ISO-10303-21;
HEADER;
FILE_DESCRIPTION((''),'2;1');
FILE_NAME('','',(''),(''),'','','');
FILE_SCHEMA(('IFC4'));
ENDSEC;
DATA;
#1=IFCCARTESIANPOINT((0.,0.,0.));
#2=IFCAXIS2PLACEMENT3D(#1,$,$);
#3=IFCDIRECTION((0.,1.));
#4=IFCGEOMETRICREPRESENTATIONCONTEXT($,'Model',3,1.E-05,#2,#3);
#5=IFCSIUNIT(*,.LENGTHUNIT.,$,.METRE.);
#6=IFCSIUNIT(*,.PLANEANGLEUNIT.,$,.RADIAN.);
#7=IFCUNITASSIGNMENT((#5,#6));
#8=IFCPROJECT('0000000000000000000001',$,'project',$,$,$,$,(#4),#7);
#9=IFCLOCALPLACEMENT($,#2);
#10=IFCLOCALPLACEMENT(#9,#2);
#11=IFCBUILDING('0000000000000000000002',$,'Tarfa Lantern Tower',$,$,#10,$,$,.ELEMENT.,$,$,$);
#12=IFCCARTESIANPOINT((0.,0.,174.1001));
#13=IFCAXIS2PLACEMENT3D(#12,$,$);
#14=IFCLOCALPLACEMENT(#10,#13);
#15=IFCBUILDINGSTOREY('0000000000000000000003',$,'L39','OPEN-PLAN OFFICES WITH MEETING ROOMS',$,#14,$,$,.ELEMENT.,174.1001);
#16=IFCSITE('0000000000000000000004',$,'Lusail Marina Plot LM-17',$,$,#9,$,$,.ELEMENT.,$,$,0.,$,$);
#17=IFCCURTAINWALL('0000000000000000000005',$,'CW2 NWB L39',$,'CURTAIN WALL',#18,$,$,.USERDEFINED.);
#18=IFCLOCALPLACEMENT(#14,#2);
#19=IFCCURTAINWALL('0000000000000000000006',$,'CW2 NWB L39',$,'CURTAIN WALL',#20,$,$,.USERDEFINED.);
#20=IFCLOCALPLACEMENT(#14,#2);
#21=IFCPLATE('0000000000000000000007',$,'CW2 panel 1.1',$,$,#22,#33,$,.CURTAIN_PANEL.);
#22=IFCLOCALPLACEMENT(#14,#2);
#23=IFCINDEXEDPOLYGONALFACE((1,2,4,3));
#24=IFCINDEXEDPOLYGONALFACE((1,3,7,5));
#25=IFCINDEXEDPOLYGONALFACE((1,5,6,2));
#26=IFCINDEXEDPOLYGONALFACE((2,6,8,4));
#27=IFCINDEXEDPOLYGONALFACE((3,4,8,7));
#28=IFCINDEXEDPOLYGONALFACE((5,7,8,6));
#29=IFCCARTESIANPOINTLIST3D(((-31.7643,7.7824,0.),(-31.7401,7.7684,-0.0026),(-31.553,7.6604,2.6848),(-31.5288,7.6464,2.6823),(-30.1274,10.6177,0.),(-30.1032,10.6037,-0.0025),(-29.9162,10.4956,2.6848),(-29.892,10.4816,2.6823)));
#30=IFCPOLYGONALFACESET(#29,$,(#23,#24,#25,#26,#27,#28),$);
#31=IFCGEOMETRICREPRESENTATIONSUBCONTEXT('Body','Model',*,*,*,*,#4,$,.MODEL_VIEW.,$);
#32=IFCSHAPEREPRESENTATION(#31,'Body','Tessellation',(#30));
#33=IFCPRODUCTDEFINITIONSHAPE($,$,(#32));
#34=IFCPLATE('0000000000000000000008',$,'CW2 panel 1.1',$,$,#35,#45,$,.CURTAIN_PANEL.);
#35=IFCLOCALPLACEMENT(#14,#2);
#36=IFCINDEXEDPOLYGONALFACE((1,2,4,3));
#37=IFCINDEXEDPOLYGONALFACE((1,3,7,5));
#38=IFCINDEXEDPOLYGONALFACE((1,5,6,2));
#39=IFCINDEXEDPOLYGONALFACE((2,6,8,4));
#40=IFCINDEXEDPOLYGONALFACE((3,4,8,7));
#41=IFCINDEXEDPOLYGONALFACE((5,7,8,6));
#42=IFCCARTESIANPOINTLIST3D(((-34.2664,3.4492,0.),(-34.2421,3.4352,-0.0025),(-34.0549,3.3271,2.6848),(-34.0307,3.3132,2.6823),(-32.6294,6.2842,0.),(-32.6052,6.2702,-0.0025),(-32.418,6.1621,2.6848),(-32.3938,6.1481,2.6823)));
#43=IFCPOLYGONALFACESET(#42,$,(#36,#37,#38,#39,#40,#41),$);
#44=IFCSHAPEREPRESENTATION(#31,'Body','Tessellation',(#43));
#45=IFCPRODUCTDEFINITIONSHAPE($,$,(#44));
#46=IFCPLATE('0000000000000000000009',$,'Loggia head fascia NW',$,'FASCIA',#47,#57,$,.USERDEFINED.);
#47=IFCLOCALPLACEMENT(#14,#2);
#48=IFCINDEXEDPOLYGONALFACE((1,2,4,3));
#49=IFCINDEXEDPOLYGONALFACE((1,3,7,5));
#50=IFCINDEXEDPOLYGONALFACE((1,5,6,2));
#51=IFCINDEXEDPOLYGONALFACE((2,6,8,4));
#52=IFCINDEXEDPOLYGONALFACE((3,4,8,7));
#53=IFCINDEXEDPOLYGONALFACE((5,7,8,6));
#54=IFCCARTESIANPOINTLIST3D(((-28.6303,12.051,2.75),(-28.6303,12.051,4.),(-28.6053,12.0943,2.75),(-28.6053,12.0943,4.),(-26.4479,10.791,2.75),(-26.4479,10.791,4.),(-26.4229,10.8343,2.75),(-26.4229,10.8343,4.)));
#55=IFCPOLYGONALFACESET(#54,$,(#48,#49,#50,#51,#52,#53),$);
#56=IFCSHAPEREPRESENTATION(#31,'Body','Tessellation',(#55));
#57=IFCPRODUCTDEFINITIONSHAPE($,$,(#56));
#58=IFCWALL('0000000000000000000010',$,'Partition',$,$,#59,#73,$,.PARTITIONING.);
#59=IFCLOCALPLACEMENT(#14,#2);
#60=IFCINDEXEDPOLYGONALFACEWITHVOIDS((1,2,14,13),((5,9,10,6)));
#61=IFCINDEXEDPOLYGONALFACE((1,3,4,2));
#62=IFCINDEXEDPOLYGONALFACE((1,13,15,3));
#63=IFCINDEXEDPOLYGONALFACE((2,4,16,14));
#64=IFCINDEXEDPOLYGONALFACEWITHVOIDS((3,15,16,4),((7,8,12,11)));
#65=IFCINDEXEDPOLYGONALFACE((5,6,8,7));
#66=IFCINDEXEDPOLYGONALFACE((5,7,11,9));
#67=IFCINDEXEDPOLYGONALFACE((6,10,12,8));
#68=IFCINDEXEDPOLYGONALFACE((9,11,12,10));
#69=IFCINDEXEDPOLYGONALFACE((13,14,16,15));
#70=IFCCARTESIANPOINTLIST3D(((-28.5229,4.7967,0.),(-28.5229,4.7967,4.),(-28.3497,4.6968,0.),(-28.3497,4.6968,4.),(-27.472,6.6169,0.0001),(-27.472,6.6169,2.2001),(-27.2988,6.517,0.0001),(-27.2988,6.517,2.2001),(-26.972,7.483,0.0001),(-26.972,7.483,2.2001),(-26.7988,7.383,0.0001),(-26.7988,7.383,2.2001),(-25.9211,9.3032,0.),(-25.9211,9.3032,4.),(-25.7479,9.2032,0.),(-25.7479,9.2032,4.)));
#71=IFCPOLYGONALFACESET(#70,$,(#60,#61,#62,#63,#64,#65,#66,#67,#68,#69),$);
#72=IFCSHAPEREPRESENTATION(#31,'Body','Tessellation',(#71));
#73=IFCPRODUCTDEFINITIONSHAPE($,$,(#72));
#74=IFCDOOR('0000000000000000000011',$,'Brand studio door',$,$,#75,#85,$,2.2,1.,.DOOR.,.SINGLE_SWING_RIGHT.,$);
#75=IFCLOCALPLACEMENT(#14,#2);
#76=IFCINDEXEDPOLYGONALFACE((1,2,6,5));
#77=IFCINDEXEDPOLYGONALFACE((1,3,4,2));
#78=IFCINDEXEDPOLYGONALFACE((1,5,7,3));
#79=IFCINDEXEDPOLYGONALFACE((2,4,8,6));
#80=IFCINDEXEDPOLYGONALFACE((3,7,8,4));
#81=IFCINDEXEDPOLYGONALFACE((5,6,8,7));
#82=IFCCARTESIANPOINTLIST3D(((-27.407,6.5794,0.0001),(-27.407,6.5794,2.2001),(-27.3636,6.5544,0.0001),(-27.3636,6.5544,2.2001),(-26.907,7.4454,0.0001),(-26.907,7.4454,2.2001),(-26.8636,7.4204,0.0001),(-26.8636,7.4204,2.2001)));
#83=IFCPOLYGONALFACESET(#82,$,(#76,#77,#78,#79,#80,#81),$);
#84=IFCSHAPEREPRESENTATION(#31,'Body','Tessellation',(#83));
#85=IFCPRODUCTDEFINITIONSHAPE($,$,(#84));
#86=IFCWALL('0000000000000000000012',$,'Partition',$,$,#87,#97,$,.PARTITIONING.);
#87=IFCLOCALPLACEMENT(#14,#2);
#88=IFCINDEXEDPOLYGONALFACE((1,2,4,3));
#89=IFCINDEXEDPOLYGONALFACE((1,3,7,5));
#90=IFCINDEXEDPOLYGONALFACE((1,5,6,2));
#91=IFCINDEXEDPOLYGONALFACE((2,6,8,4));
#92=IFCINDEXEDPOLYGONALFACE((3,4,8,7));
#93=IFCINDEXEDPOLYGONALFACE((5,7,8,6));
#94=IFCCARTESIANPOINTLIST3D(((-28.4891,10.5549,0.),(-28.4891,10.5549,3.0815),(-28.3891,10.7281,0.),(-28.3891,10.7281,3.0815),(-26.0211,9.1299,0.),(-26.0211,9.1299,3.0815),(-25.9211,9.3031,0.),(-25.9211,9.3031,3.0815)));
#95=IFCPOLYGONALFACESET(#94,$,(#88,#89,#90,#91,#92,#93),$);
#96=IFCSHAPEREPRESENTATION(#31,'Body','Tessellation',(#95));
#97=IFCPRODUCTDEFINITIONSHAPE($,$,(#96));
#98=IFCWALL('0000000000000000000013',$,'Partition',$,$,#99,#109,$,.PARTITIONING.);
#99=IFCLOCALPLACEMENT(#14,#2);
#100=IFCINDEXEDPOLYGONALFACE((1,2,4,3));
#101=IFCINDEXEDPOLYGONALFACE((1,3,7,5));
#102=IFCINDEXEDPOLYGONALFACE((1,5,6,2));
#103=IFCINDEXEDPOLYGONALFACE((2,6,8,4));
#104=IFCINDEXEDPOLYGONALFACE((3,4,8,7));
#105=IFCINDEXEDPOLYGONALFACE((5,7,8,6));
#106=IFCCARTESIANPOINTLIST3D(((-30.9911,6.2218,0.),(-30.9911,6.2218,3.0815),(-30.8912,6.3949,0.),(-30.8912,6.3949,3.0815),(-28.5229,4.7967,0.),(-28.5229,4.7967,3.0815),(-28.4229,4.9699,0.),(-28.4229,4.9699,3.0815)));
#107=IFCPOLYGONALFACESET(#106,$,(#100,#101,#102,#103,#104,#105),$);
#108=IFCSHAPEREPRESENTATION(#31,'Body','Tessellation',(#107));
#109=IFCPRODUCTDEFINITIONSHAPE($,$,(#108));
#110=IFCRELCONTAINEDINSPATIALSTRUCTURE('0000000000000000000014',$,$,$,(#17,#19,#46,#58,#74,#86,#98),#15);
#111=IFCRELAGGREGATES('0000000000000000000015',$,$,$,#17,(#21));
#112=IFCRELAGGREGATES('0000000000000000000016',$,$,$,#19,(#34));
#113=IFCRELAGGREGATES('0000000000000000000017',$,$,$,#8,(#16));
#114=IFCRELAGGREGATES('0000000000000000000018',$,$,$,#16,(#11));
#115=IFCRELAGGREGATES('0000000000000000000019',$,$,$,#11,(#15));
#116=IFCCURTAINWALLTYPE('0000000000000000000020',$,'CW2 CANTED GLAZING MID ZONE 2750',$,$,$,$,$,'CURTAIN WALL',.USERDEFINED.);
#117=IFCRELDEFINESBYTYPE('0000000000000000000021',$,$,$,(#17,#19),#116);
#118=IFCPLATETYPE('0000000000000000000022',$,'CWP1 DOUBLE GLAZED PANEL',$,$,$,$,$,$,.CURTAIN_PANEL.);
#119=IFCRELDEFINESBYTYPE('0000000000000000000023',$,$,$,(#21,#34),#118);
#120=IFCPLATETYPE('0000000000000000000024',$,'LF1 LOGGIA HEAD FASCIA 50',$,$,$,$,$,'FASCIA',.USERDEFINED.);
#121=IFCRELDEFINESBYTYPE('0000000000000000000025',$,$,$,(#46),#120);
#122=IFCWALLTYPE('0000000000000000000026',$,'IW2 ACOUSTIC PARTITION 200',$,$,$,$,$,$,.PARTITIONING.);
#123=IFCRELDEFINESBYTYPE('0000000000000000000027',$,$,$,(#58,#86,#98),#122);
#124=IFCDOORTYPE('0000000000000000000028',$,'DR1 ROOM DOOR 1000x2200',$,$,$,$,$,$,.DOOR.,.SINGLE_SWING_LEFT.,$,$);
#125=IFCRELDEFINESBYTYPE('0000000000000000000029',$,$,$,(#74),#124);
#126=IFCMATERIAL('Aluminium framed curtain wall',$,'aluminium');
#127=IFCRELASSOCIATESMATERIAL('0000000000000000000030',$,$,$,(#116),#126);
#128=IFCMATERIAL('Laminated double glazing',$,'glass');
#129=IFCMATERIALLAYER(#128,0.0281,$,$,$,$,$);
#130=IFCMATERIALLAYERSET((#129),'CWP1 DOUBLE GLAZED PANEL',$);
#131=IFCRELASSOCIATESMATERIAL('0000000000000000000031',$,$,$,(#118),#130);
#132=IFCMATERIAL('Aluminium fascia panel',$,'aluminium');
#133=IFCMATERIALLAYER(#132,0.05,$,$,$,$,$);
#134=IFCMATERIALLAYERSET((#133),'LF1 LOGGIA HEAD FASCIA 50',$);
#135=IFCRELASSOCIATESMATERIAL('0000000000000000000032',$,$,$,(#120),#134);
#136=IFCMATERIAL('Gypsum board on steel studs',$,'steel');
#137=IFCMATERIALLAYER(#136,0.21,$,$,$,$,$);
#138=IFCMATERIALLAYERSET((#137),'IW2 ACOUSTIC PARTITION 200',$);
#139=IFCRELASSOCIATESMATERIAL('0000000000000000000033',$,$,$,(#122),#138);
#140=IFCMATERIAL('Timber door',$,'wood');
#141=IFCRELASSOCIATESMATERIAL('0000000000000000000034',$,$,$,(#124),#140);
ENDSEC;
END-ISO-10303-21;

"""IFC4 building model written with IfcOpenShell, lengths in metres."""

from ifc_helpers import new_model, si_unit, direction, frame, frame_2d, origin, origin_2d, place, context, subcontext, project, spatial, polyline, rectangle, outline, extrude, material, layer, layer_set, type_object, element, fill, aggregate, save


model = new_model("IFC4")

# Units and contexts
model_context = context("Model", 3, precision=1e-05, world=origin(), true_north=direction((0.0, 1.0)))
body_context = subcontext(model_context, "Body", "Model", "MODEL_VIEW")
ifc_project = project(units=[si_unit("LENGTHUNIT", "METRE"), si_unit("PLANEANGLEUNIT", "RADIAN")], contexts=[model_context])

# Site, building, storey
site_placement = place(None, origin())
site = spatial("IfcSite", under=ifc_project, at=site_placement, Name="Lusail Marina Plot LM-17", CompositionType="ELEMENT", RefElevation=0.0)
building_placement = place(site_placement, origin())
building = spatial("IfcBuilding", under=site, at=building_placement, Name="Tarfa Lantern Tower", CompositionType="ELEMENT")
storey_placement = place(building_placement, frame((0.0, 0.0, 174.1001)))
storey = spatial("IfcBuildingStorey", under=building, at=storey_placement, Name="L39", Description="OPEN-PLAN OFFICES WITH MEETING ROOMS", CompositionType="ELEMENT", Elevation=174.1001)

# Curtain walls
ifc_material_1 = material(Name="Aluminium framed curtain wall", Category="aluminium")
curtain_wall_type_1 = type_object("IfcCurtainWallType", Name="CW2 CANTED GLAZING MID ZONE 2750", ElementType="CURTAIN WALL", PredefinedType="USERDEFINED", material=ifc_material_1)
curtain_wall_1_placement = place(storey_placement, origin())
curtain_wall_1 = element("IfcCurtainWall", 1, at=curtain_wall_1_placement, inside=storey, type_object=curtain_wall_type_1, Name="CW2 NWB L39", ObjectType="CURTAIN WALL", PredefinedType="USERDEFINED")
curtain_wall_2_placement = place(storey_placement, origin())
curtain_wall_2 = element("IfcCurtainWall", 2, at=curtain_wall_2_placement, inside=storey, type_object=curtain_wall_type_1, Name="CW2 NWB L39", ObjectType="CURTAIN WALL", PredefinedType="USERDEFINED")

# Plates
ifc_material_2 = material(Name="Laminated double glazing", Category="glass")
ifc_layer_1 = layer(ifc_material_2, 0.0281)
ifc_layer_set_1 = layer_set([ifc_layer_1], Name="CWP1 DOUBLE GLAZED PANEL")
plate_type_1 = type_object("IfcPlateType", Name="CWP1 DOUBLE GLAZED PANEL", PredefinedType="CURTAIN_PANEL", material=ifc_layer_set_1)
plate_1_placement = place(storey_placement, frame((-30.1274, 10.6177, 0.0), z_axis=(-0.862479, 0.497932, 0.090519), x_axis=(-0.499985, -0.866034, -0.000003)))
plate_1 = element("IfcPlate", 3, at=plate_1_placement, type_object=plate_type_1, Name="CW2 panel 1.1", PredefinedType="CURTAIN_PANEL", context=body_context, shape_type="SweptSolid", body=[
    extrude(outline(polyline([(0.0, 0.0), (3.2738, 0.0), (3.2738, 2.6959), (0.0001, 2.6959), (0.0, 0.0)])), origin(), (0.0, 0.0, -1.0), 0.0281),
])
aggregate(curtain_wall_1, [plate_1])
plate_2_placement = place(storey_placement, frame((-32.6294, 6.2842, 0.0), z_axis=(-0.862441, 0.497991, 0.090558), x_axis=(-0.500045, -0.865999, 0.0)))
plate_2 = element("IfcPlate", 4, at=plate_2_placement, type_object=plate_type_1, Name="CW2 panel 1.1", PredefinedType="CURTAIN_PANEL", context=body_context, shape_type="SweptSolid", body=[
    extrude(outline(polyline([(0.0, 0.0), (3.2736, 0.0), (3.2736, 2.6959), (0.0, 2.6959), (0.0, 0.0)])), origin(), (0.0, 0.0, -1.0), 0.0281),
])
aggregate(curtain_wall_2, [plate_2])
ifc_material_3 = material(Name="Aluminium fascia panel", Category="aluminium")
ifc_layer_2 = layer(ifc_material_3, 0.05)
ifc_layer_set_2 = layer_set([ifc_layer_2], Name="LF1 LOGGIA HEAD FASCIA 50")
plate_type_2 = type_object("IfcPlateType", Name="LF1 LOGGIA HEAD FASCIA 50", ElementType="FASCIA", PredefinedType="USERDEFINED", material=ifc_layer_set_2)
plate_3_placement = place(storey_placement, frame((-27.5266, 11.4426, 2.75), z_axis=(0.0, 0.0, 1.0), x_axis=(0.866025, -0.5, 0.0)))
element("IfcPlate", 5, at=plate_3_placement, inside=storey, type_object=plate_type_2, Name="Loggia head fascia NW", ObjectType="FASCIA", PredefinedType="USERDEFINED", context=body_context, shape_type="SweptSolid", body=[
    extrude(rectangle(XDim=2.52, YDim=0.05, at=origin_2d()), origin(), (0.0, 0.0, 1.0), 1.25),
])

# Wall, opening, door
ifc_material_4 = material(Name="Gypsum board on steel studs", Category="steel")
ifc_layer_3 = layer(ifc_material_4, 0.21)
ifc_layer_set_3 = layer_set([ifc_layer_3], Name="IW2 ACOUSTIC PARTITION 200")
wall_type = type_object("IfcWallType", Name="IW2 ACOUSTIC PARTITION 200", PredefinedType="PARTITIONING", material=ifc_layer_set_3)
wall_1_placement = place(storey_placement, frame((-25.8345, 9.2532, 0.0), z_axis=(0.0, 0.0, 1.0), x_axis=(-0.500009, -0.86602, 0.0)))
wall_1 = element("IfcWall", 6, at=wall_1_placement, inside=storey, type_object=wall_type, Name="Partition", PredefinedType="PARTITIONING", context=body_context, shape_type="SweptSolid", body=[
    extrude(rectangle(XDim=5.2036, YDim=0.2, at=frame_2d((2.6018, 0.0))), origin(), (0.0, 0.0, 1.0), 4.0),
])
opening_placement = place(wall_1_placement, frame((2.1018, 0.0, 0.0)))
opening = element("IfcOpeningElement", 7, at=opening_placement, cuts=wall_1, PredefinedType="OPENING", context=body_context, shape_type="SweptSolid", body=[
    extrude(rectangle(XDim=1.0, YDim=2.2, at=frame_2d((0.5, 1.1001))), frame((0.0, 0.1099, 0.0), z_axis=(0.0, -1.0, 0.0), x_axis=(1.0, 0.0, 0.0)), (0.0, 0.0, 1.0), 0.22),
])
ifc_material_5 = material(Name="Timber door", Category="wood")
door_type = type_object("IfcDoorType", Name="DR1 ROOM DOOR 1000x2200", OperationType="SINGLE_SWING_LEFT", PredefinedType="DOOR", material=ifc_material_5)
door_placement = place(opening_placement, frame((1.0, 0.0, 0.0), z_axis=(0.0, 0.0, 1.0), x_axis=(-1.0, 0.0, 0.0)))
door = element("IfcDoor", 8, at=door_placement, inside=storey, type_object=door_type, Name="Brand studio door", OperationType="SINGLE_SWING_RIGHT", OverallHeight=2.2, OverallWidth=1.0, PredefinedType="DOOR", context=body_context, shape_type="SweptSolid", body=[
    extrude(rectangle(XDim=1.0, YDim=2.2, at=frame_2d((0.5, 1.1001))), frame((0.0, 0.0249, 0.0), z_axis=(0.0, -1.0, 0.0), x_axis=(1.0, 0.0, 0.0)), (0.0, 0.0, 1.0), 0.05),
])
fill(opening, door)

# Walls
wall_2_placement = place(storey_placement, frame((-25.9712, 9.2166, 0.0), z_axis=(0.0, 0.0, 1.0), x_axis=(-0.866004, 0.500036, 0.0)))
element("IfcWall", 9, at=wall_2_placement, inside=storey, type_object=wall_type, Name="Partition", PredefinedType="PARTITIONING", context=body_context, shape_type="SweptSolid", body=[
    extrude(rectangle(XDim=2.8499, YDim=0.2, at=frame_2d((1.4248, 0.0))), origin(), (0.0, 0.0, 1.0), 3.0815),
])
wall_3_placement = place(storey_placement, frame((-28.4729, 4.8833, 0.0), z_axis=(0.0, 0.0, 1.0), x_axis=(-0.866026, 0.499999, 0.0)))
element("IfcWall", 10, at=wall_3_placement, inside=storey, type_object=wall_type, Name="Partition", PredefinedType="PARTITIONING", context=body_context, shape_type="SweptSolid", body=[
    extrude(rectangle(XDim=2.8501, YDim=0.2, at=frame_2d((1.425, 0.0))), origin(), (0.0, 0.0, 1.0), 3.0815),
])

save(model, "model.ifc")
